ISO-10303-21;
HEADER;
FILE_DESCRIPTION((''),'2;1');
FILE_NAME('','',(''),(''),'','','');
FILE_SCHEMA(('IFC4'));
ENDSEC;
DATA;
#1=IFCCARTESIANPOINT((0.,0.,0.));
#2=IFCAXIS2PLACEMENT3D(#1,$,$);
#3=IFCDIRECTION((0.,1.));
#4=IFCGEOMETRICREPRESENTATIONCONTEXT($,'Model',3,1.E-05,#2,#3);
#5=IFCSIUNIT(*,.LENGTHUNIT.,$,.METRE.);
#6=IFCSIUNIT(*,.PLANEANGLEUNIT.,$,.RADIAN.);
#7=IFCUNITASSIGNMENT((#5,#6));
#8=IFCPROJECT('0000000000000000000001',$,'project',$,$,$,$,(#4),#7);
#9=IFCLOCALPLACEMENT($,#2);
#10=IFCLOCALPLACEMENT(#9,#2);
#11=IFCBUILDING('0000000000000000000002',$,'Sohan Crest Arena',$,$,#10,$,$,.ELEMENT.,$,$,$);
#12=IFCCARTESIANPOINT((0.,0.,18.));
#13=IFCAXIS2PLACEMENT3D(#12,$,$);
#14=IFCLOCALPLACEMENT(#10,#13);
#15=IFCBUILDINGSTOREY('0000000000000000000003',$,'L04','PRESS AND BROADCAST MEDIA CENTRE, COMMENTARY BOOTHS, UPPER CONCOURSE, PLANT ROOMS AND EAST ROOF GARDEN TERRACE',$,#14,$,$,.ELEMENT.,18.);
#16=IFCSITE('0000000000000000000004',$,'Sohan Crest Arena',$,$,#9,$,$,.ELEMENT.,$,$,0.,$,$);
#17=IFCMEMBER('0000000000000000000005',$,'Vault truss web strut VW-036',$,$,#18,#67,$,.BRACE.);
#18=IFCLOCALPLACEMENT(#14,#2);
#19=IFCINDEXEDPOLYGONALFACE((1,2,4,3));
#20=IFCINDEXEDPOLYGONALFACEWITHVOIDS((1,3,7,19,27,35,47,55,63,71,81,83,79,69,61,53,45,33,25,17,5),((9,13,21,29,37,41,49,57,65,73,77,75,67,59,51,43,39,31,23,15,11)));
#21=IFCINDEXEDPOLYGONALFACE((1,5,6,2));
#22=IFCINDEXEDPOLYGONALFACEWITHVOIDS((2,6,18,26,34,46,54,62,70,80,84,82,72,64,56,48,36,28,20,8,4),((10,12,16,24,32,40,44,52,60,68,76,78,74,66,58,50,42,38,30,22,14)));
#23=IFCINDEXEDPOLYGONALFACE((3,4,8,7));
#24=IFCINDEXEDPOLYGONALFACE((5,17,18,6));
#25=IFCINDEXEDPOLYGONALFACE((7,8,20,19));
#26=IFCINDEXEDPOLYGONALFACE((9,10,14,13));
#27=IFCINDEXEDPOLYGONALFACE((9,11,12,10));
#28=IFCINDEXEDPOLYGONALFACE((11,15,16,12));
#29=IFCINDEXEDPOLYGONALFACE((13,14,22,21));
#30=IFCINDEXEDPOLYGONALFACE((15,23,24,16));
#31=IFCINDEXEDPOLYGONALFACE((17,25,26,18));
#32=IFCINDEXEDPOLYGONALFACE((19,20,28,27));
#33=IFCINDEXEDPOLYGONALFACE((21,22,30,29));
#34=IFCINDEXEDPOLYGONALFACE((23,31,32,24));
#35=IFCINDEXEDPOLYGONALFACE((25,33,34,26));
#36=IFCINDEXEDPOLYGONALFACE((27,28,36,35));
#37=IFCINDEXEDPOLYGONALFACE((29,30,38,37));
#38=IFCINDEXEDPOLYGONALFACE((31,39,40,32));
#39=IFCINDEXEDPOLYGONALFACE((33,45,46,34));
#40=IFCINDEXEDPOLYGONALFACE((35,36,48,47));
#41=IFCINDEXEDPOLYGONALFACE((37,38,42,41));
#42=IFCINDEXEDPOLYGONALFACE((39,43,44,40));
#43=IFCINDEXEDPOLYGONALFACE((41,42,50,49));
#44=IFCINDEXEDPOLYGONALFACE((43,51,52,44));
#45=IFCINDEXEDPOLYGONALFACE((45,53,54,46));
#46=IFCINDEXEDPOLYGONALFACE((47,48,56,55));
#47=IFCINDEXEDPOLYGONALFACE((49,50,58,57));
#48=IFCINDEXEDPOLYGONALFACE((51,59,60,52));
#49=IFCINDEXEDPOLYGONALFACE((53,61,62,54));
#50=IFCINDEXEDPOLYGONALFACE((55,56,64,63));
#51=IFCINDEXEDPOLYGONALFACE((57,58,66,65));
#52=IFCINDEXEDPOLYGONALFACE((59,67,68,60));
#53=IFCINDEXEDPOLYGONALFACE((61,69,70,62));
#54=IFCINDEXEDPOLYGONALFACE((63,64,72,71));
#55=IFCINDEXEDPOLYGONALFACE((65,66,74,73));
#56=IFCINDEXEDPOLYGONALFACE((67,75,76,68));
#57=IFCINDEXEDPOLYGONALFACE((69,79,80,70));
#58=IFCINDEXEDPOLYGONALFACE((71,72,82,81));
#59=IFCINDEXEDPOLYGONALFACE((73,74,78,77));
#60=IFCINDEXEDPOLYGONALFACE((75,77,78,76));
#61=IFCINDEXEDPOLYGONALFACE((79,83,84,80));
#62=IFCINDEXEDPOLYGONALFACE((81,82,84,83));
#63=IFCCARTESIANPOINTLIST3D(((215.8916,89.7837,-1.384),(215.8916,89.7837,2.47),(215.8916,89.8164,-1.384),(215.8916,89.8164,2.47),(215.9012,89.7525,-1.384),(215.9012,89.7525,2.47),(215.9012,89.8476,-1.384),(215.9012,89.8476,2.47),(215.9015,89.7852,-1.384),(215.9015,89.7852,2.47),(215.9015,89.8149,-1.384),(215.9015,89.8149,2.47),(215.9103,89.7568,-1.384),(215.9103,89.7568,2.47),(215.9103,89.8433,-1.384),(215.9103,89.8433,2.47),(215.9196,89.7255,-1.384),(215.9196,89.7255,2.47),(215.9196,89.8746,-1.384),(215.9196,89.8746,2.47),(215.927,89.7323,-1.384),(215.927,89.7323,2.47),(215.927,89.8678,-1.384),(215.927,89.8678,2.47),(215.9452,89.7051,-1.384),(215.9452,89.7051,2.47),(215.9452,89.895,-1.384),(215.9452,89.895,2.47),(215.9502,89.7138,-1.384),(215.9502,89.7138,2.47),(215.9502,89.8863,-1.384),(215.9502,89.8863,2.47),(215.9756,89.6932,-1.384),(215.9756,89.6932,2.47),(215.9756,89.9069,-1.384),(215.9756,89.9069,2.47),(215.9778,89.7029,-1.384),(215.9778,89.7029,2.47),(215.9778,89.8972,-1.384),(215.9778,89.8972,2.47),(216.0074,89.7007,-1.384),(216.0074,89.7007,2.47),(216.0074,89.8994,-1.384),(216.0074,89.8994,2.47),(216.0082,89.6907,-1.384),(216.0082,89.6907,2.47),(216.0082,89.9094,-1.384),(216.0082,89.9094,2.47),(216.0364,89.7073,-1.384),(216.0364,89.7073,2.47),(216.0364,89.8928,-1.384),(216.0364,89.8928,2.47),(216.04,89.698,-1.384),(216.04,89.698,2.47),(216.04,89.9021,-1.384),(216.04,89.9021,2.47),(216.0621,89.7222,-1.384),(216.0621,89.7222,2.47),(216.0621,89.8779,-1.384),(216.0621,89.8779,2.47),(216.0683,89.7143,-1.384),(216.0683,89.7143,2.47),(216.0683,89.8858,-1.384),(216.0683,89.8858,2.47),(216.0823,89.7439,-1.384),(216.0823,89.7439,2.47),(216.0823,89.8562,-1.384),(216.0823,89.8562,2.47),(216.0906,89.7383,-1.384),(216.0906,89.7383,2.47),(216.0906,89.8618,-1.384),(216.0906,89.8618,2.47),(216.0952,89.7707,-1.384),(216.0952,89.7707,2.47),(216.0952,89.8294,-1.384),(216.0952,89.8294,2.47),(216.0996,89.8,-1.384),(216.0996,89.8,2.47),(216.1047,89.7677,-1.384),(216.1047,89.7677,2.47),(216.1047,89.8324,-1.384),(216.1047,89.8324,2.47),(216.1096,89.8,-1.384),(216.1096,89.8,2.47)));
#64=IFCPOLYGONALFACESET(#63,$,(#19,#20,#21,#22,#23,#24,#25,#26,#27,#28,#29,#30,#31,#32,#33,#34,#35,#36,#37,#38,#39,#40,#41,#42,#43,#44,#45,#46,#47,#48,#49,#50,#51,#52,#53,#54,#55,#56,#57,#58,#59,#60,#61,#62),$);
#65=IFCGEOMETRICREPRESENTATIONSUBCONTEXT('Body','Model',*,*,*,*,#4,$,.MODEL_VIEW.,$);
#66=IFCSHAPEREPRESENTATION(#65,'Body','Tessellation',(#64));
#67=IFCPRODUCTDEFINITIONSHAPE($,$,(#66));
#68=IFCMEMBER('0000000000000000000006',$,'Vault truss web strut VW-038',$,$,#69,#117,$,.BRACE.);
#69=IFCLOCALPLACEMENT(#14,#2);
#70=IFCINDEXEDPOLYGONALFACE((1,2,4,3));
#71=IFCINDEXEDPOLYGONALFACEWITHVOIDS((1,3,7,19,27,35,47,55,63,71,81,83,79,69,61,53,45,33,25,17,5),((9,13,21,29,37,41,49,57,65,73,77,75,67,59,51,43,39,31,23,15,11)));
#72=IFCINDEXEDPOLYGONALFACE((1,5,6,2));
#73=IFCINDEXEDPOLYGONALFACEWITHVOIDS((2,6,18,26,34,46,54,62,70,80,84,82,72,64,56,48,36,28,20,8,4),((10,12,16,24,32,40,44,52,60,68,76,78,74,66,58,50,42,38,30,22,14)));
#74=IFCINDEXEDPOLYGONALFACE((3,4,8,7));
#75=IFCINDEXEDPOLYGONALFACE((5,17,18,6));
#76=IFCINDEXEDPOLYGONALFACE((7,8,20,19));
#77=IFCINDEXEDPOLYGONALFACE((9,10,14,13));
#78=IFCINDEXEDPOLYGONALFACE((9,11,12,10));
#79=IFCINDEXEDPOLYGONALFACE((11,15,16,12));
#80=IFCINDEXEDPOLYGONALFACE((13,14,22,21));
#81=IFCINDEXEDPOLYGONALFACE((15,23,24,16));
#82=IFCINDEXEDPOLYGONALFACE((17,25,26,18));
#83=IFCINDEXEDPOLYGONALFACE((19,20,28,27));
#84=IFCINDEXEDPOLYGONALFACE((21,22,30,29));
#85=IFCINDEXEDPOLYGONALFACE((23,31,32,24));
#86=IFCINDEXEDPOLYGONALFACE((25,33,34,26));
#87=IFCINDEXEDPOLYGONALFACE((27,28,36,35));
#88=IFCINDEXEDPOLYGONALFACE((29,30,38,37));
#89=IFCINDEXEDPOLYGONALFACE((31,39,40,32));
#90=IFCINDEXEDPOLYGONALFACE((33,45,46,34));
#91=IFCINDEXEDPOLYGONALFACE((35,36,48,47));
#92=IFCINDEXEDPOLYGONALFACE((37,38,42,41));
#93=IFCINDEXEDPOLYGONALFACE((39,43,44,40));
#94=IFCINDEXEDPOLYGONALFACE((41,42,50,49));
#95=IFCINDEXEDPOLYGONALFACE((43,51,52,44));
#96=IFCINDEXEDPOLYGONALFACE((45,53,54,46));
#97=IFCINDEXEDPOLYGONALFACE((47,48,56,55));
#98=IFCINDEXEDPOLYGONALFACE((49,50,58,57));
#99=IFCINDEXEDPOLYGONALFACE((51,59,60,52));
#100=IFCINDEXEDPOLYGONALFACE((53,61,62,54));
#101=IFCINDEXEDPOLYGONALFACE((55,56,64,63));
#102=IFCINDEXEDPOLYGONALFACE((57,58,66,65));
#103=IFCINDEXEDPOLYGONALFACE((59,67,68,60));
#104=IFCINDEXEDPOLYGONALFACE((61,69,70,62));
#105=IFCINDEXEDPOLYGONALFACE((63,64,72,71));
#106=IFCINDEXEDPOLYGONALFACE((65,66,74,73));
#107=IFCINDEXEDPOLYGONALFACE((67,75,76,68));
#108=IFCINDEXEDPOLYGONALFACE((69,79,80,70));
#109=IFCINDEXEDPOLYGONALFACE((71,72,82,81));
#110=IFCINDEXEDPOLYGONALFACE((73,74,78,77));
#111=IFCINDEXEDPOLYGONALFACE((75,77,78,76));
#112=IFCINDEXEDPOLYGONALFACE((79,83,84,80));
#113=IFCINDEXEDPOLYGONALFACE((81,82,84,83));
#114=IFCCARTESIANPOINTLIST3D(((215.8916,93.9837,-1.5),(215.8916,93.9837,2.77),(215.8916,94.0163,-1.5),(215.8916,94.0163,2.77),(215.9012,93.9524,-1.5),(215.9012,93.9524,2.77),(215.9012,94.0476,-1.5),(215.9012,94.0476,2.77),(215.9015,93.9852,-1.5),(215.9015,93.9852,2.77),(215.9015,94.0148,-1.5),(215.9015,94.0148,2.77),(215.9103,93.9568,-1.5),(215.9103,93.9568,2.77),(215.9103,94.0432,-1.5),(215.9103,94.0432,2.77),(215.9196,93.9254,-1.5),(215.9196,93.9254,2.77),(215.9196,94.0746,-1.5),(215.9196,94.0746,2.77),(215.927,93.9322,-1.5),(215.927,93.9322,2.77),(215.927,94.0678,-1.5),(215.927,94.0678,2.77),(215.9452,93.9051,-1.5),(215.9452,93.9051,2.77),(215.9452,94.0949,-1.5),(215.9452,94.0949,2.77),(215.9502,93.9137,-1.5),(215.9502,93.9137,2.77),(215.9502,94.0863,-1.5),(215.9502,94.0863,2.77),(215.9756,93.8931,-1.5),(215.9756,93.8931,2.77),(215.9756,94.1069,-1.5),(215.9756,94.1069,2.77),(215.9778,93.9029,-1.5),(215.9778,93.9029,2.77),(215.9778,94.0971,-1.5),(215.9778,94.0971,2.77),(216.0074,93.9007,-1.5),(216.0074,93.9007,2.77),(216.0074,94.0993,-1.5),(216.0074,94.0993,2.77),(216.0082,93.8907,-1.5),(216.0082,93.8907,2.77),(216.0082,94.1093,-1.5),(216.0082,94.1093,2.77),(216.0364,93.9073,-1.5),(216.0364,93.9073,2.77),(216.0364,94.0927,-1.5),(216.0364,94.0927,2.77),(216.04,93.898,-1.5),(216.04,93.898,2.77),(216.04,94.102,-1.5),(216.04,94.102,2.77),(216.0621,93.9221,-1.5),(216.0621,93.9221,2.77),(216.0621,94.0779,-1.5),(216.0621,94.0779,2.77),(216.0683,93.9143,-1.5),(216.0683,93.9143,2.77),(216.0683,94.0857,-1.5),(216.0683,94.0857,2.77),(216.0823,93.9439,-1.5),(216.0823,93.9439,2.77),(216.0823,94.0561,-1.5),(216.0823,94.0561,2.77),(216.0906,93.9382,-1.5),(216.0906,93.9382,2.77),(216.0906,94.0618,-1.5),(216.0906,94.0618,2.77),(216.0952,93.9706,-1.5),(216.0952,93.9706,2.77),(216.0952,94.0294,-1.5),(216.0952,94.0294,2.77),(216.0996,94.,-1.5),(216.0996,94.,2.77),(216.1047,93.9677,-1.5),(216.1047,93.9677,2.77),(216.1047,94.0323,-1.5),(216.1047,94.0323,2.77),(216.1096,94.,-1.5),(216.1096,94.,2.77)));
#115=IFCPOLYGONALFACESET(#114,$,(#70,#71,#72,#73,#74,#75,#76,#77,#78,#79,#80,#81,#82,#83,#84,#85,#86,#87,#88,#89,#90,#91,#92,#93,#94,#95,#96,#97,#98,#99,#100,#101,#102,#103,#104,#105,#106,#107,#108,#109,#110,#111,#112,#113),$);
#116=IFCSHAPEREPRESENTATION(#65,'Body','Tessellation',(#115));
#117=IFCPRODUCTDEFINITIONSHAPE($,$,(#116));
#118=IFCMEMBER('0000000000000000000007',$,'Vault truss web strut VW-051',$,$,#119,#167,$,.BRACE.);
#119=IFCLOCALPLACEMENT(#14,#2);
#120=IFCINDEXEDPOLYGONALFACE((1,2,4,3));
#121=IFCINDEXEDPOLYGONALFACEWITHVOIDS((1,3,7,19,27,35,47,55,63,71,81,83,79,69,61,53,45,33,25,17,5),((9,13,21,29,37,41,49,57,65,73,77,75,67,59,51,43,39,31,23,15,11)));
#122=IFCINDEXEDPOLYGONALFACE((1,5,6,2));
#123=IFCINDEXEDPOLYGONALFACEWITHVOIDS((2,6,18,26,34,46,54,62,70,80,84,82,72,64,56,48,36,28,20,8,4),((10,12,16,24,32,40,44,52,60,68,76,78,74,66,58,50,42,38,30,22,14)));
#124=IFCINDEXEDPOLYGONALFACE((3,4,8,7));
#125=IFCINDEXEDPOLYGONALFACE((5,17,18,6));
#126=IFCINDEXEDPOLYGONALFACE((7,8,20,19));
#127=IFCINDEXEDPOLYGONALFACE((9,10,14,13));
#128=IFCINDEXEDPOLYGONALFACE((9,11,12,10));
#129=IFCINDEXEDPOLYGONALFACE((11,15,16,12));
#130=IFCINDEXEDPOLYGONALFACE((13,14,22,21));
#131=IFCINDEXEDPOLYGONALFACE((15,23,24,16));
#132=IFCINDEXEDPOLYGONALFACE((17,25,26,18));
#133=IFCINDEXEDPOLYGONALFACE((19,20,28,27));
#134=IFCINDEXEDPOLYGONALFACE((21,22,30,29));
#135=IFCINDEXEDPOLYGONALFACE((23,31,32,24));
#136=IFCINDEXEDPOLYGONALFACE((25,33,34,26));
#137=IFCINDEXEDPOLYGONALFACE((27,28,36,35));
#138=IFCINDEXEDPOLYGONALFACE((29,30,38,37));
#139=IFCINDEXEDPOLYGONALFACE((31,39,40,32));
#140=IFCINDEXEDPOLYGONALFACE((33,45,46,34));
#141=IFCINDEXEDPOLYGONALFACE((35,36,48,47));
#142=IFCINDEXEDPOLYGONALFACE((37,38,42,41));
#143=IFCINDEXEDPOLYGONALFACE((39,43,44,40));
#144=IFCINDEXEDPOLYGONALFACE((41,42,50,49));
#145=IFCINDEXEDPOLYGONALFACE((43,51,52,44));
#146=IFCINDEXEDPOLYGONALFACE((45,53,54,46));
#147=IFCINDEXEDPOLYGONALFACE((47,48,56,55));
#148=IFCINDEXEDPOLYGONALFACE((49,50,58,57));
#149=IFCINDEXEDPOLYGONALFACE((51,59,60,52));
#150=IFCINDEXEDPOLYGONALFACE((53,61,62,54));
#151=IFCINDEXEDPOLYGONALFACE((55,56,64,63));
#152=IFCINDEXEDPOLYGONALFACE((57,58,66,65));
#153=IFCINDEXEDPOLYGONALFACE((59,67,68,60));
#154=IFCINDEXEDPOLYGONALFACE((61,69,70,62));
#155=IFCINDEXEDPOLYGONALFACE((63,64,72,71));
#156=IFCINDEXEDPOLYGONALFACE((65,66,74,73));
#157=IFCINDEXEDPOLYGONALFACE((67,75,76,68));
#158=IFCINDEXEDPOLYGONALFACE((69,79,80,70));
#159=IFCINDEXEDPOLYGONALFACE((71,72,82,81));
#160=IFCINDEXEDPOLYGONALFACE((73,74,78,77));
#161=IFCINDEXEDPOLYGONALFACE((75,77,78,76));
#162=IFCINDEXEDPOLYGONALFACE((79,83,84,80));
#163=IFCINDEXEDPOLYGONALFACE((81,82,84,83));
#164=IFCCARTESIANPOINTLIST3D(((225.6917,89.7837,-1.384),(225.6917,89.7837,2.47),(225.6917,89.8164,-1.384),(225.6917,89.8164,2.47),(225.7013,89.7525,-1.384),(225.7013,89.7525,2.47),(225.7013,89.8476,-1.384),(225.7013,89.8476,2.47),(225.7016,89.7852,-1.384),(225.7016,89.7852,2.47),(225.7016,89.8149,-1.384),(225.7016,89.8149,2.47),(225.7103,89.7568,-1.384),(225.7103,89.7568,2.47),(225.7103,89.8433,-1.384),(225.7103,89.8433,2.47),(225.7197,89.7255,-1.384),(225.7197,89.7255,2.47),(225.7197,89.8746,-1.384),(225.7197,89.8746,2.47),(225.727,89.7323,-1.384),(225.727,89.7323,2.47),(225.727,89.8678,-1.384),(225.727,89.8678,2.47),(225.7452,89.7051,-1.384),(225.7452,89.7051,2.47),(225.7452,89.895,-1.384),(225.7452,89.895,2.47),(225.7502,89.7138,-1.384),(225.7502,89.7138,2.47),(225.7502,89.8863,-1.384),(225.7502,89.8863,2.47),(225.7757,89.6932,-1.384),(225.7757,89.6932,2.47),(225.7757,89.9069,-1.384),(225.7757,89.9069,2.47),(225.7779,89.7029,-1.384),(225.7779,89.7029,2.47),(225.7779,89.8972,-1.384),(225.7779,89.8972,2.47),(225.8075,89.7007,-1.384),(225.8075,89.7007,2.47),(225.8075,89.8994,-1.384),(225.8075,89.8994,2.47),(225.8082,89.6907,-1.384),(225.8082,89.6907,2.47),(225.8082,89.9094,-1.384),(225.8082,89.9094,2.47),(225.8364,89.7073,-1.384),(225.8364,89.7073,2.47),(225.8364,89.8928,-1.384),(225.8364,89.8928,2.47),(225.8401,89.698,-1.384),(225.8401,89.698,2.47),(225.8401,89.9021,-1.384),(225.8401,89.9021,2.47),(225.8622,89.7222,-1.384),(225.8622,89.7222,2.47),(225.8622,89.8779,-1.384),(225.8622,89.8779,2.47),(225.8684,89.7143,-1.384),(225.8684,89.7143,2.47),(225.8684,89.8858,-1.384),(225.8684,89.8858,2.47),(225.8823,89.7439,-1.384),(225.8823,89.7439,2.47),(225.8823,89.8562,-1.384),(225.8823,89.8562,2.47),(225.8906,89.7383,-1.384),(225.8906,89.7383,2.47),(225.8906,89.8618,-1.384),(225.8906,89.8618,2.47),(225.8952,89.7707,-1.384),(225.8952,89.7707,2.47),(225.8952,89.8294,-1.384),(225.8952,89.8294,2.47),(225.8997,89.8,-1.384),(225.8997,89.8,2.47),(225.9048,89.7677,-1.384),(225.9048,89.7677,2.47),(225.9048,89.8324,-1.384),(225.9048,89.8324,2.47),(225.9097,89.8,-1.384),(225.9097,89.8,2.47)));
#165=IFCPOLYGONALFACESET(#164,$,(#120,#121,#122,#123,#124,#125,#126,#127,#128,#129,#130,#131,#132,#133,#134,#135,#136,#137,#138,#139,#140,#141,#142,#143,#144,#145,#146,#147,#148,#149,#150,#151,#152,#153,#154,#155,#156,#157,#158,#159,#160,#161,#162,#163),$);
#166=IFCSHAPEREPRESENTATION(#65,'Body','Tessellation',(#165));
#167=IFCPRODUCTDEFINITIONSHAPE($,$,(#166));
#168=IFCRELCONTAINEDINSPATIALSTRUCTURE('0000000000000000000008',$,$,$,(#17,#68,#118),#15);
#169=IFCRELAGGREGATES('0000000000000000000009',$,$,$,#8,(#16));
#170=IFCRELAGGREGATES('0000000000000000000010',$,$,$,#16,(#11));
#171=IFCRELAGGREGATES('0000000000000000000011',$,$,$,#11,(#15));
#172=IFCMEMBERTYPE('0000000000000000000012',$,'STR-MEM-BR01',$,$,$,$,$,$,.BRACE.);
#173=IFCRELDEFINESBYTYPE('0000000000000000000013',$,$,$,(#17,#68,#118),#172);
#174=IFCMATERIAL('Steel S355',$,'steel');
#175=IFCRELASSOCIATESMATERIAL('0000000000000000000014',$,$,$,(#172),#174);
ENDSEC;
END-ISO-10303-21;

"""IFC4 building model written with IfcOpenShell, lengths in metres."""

from ifc_helpers import new_model, si_unit, direction, frame, origin, origin_2d, place, context, subcontext, project, spatial, hollow_circle, extrude, material, material_profile, profile_set, type_object, element, save


model = new_model("IFC4")

# Units and contexts
model_context = context("Model", 3, precision=1e-05, world=origin(), true_north=direction((0.0, 1.0)))
body_context = subcontext(model_context, "Body", "Model", "MODEL_VIEW")
ifc_project = project(units=[si_unit("LENGTHUNIT", "METRE"), si_unit("PLANEANGLEUNIT", "RADIAN")], contexts=[model_context])

# Site, building, storey
site_placement = place(None, origin())
site = spatial("IfcSite", under=ifc_project, at=site_placement, Name="Sohan Crest Arena", CompositionType="ELEMENT", RefElevation=0.0)
building_placement = place(site_placement, origin())
building = spatial("IfcBuilding", under=site, at=building_placement, Name="Sohan Crest Arena", CompositionType="ELEMENT")
storey_placement = place(building_placement, frame((0.0, 0.0, 18.0)))
storey = spatial("IfcBuildingStorey", under=building, at=storey_placement, Name="L04", Description="PRESS AND BROADCAST MEDIA CENTRE, COMMENTARY BOOTHS, UPPER CONCOURSE, PLANT ROOMS AND EAST ROOF GARDEN TERRACE", CompositionType="ELEMENT", Elevation=18.0)

# Shared definitions
ifc_material = material(Name="Steel S355", Category="steel")

# Members
ifc_material_profile_1 = material_profile(ifc_material, hollow_circle(Radius=0.1096, WallThickness=0.01, at=origin_2d()), Name="CHS 219.1x10")
ifc_profile_set_1 = profile_set([ifc_material_profile_1], Name="Steel S355")
member_type_1 = type_object("IfcMemberType", Name="STR-MEM-BR01", PredefinedType="BRACE", material=ifc_profile_set_1)
member_1_placement = place(storey_placement, frame((216.0, 89.8, -1.384), z_axis=(0.0, 0.0, 1.0), x_axis=(1.0, 0.0, 0.0)))
element("IfcMember", 1, at=member_1_placement, inside=storey, type_object=member_type_1, Name="Vault truss web strut VW-036", PredefinedType="BRACE", context=body_context, shape_type="SweptSolid", body=[
    extrude(hollow_circle(Radius=0.1096, WallThickness=0.01, at=origin_2d()), origin(), (0.0, 0.0, 1.0), 3.854),
])
member_2_placement = place(storey_placement, frame((216.0, 94.0, -1.5), z_axis=(0.0, 0.0, 1.0), x_axis=(1.0, 0.0, 0.0)))
element("IfcMember", 2, at=member_2_placement, inside=storey, type_object=member_type_1, Name="Vault truss web strut VW-038", PredefinedType="BRACE", context=body_context, shape_type="SweptSolid", body=[
    extrude(hollow_circle(Radius=0.1096, WallThickness=0.01, at=origin_2d()), origin(), (0.0, 0.0, 1.0), 4.27),
])
member_3_placement = place(storey_placement, frame((225.8, 89.8, -1.384), z_axis=(0.0, 0.0, 1.0), x_axis=(1.0, 0.0, 0.0)))
element("IfcMember", 3, at=member_3_placement, inside=storey, type_object=member_type_1, Name="Vault truss web strut VW-051", PredefinedType="BRACE", context=body_context, shape_type="SweptSolid", body=[
    extrude(hollow_circle(Radius=0.1096, WallThickness=0.01, at=origin_2d()), origin(), (0.0, 0.0, 1.0), 3.854),
])

save(model, "model.ifc")
